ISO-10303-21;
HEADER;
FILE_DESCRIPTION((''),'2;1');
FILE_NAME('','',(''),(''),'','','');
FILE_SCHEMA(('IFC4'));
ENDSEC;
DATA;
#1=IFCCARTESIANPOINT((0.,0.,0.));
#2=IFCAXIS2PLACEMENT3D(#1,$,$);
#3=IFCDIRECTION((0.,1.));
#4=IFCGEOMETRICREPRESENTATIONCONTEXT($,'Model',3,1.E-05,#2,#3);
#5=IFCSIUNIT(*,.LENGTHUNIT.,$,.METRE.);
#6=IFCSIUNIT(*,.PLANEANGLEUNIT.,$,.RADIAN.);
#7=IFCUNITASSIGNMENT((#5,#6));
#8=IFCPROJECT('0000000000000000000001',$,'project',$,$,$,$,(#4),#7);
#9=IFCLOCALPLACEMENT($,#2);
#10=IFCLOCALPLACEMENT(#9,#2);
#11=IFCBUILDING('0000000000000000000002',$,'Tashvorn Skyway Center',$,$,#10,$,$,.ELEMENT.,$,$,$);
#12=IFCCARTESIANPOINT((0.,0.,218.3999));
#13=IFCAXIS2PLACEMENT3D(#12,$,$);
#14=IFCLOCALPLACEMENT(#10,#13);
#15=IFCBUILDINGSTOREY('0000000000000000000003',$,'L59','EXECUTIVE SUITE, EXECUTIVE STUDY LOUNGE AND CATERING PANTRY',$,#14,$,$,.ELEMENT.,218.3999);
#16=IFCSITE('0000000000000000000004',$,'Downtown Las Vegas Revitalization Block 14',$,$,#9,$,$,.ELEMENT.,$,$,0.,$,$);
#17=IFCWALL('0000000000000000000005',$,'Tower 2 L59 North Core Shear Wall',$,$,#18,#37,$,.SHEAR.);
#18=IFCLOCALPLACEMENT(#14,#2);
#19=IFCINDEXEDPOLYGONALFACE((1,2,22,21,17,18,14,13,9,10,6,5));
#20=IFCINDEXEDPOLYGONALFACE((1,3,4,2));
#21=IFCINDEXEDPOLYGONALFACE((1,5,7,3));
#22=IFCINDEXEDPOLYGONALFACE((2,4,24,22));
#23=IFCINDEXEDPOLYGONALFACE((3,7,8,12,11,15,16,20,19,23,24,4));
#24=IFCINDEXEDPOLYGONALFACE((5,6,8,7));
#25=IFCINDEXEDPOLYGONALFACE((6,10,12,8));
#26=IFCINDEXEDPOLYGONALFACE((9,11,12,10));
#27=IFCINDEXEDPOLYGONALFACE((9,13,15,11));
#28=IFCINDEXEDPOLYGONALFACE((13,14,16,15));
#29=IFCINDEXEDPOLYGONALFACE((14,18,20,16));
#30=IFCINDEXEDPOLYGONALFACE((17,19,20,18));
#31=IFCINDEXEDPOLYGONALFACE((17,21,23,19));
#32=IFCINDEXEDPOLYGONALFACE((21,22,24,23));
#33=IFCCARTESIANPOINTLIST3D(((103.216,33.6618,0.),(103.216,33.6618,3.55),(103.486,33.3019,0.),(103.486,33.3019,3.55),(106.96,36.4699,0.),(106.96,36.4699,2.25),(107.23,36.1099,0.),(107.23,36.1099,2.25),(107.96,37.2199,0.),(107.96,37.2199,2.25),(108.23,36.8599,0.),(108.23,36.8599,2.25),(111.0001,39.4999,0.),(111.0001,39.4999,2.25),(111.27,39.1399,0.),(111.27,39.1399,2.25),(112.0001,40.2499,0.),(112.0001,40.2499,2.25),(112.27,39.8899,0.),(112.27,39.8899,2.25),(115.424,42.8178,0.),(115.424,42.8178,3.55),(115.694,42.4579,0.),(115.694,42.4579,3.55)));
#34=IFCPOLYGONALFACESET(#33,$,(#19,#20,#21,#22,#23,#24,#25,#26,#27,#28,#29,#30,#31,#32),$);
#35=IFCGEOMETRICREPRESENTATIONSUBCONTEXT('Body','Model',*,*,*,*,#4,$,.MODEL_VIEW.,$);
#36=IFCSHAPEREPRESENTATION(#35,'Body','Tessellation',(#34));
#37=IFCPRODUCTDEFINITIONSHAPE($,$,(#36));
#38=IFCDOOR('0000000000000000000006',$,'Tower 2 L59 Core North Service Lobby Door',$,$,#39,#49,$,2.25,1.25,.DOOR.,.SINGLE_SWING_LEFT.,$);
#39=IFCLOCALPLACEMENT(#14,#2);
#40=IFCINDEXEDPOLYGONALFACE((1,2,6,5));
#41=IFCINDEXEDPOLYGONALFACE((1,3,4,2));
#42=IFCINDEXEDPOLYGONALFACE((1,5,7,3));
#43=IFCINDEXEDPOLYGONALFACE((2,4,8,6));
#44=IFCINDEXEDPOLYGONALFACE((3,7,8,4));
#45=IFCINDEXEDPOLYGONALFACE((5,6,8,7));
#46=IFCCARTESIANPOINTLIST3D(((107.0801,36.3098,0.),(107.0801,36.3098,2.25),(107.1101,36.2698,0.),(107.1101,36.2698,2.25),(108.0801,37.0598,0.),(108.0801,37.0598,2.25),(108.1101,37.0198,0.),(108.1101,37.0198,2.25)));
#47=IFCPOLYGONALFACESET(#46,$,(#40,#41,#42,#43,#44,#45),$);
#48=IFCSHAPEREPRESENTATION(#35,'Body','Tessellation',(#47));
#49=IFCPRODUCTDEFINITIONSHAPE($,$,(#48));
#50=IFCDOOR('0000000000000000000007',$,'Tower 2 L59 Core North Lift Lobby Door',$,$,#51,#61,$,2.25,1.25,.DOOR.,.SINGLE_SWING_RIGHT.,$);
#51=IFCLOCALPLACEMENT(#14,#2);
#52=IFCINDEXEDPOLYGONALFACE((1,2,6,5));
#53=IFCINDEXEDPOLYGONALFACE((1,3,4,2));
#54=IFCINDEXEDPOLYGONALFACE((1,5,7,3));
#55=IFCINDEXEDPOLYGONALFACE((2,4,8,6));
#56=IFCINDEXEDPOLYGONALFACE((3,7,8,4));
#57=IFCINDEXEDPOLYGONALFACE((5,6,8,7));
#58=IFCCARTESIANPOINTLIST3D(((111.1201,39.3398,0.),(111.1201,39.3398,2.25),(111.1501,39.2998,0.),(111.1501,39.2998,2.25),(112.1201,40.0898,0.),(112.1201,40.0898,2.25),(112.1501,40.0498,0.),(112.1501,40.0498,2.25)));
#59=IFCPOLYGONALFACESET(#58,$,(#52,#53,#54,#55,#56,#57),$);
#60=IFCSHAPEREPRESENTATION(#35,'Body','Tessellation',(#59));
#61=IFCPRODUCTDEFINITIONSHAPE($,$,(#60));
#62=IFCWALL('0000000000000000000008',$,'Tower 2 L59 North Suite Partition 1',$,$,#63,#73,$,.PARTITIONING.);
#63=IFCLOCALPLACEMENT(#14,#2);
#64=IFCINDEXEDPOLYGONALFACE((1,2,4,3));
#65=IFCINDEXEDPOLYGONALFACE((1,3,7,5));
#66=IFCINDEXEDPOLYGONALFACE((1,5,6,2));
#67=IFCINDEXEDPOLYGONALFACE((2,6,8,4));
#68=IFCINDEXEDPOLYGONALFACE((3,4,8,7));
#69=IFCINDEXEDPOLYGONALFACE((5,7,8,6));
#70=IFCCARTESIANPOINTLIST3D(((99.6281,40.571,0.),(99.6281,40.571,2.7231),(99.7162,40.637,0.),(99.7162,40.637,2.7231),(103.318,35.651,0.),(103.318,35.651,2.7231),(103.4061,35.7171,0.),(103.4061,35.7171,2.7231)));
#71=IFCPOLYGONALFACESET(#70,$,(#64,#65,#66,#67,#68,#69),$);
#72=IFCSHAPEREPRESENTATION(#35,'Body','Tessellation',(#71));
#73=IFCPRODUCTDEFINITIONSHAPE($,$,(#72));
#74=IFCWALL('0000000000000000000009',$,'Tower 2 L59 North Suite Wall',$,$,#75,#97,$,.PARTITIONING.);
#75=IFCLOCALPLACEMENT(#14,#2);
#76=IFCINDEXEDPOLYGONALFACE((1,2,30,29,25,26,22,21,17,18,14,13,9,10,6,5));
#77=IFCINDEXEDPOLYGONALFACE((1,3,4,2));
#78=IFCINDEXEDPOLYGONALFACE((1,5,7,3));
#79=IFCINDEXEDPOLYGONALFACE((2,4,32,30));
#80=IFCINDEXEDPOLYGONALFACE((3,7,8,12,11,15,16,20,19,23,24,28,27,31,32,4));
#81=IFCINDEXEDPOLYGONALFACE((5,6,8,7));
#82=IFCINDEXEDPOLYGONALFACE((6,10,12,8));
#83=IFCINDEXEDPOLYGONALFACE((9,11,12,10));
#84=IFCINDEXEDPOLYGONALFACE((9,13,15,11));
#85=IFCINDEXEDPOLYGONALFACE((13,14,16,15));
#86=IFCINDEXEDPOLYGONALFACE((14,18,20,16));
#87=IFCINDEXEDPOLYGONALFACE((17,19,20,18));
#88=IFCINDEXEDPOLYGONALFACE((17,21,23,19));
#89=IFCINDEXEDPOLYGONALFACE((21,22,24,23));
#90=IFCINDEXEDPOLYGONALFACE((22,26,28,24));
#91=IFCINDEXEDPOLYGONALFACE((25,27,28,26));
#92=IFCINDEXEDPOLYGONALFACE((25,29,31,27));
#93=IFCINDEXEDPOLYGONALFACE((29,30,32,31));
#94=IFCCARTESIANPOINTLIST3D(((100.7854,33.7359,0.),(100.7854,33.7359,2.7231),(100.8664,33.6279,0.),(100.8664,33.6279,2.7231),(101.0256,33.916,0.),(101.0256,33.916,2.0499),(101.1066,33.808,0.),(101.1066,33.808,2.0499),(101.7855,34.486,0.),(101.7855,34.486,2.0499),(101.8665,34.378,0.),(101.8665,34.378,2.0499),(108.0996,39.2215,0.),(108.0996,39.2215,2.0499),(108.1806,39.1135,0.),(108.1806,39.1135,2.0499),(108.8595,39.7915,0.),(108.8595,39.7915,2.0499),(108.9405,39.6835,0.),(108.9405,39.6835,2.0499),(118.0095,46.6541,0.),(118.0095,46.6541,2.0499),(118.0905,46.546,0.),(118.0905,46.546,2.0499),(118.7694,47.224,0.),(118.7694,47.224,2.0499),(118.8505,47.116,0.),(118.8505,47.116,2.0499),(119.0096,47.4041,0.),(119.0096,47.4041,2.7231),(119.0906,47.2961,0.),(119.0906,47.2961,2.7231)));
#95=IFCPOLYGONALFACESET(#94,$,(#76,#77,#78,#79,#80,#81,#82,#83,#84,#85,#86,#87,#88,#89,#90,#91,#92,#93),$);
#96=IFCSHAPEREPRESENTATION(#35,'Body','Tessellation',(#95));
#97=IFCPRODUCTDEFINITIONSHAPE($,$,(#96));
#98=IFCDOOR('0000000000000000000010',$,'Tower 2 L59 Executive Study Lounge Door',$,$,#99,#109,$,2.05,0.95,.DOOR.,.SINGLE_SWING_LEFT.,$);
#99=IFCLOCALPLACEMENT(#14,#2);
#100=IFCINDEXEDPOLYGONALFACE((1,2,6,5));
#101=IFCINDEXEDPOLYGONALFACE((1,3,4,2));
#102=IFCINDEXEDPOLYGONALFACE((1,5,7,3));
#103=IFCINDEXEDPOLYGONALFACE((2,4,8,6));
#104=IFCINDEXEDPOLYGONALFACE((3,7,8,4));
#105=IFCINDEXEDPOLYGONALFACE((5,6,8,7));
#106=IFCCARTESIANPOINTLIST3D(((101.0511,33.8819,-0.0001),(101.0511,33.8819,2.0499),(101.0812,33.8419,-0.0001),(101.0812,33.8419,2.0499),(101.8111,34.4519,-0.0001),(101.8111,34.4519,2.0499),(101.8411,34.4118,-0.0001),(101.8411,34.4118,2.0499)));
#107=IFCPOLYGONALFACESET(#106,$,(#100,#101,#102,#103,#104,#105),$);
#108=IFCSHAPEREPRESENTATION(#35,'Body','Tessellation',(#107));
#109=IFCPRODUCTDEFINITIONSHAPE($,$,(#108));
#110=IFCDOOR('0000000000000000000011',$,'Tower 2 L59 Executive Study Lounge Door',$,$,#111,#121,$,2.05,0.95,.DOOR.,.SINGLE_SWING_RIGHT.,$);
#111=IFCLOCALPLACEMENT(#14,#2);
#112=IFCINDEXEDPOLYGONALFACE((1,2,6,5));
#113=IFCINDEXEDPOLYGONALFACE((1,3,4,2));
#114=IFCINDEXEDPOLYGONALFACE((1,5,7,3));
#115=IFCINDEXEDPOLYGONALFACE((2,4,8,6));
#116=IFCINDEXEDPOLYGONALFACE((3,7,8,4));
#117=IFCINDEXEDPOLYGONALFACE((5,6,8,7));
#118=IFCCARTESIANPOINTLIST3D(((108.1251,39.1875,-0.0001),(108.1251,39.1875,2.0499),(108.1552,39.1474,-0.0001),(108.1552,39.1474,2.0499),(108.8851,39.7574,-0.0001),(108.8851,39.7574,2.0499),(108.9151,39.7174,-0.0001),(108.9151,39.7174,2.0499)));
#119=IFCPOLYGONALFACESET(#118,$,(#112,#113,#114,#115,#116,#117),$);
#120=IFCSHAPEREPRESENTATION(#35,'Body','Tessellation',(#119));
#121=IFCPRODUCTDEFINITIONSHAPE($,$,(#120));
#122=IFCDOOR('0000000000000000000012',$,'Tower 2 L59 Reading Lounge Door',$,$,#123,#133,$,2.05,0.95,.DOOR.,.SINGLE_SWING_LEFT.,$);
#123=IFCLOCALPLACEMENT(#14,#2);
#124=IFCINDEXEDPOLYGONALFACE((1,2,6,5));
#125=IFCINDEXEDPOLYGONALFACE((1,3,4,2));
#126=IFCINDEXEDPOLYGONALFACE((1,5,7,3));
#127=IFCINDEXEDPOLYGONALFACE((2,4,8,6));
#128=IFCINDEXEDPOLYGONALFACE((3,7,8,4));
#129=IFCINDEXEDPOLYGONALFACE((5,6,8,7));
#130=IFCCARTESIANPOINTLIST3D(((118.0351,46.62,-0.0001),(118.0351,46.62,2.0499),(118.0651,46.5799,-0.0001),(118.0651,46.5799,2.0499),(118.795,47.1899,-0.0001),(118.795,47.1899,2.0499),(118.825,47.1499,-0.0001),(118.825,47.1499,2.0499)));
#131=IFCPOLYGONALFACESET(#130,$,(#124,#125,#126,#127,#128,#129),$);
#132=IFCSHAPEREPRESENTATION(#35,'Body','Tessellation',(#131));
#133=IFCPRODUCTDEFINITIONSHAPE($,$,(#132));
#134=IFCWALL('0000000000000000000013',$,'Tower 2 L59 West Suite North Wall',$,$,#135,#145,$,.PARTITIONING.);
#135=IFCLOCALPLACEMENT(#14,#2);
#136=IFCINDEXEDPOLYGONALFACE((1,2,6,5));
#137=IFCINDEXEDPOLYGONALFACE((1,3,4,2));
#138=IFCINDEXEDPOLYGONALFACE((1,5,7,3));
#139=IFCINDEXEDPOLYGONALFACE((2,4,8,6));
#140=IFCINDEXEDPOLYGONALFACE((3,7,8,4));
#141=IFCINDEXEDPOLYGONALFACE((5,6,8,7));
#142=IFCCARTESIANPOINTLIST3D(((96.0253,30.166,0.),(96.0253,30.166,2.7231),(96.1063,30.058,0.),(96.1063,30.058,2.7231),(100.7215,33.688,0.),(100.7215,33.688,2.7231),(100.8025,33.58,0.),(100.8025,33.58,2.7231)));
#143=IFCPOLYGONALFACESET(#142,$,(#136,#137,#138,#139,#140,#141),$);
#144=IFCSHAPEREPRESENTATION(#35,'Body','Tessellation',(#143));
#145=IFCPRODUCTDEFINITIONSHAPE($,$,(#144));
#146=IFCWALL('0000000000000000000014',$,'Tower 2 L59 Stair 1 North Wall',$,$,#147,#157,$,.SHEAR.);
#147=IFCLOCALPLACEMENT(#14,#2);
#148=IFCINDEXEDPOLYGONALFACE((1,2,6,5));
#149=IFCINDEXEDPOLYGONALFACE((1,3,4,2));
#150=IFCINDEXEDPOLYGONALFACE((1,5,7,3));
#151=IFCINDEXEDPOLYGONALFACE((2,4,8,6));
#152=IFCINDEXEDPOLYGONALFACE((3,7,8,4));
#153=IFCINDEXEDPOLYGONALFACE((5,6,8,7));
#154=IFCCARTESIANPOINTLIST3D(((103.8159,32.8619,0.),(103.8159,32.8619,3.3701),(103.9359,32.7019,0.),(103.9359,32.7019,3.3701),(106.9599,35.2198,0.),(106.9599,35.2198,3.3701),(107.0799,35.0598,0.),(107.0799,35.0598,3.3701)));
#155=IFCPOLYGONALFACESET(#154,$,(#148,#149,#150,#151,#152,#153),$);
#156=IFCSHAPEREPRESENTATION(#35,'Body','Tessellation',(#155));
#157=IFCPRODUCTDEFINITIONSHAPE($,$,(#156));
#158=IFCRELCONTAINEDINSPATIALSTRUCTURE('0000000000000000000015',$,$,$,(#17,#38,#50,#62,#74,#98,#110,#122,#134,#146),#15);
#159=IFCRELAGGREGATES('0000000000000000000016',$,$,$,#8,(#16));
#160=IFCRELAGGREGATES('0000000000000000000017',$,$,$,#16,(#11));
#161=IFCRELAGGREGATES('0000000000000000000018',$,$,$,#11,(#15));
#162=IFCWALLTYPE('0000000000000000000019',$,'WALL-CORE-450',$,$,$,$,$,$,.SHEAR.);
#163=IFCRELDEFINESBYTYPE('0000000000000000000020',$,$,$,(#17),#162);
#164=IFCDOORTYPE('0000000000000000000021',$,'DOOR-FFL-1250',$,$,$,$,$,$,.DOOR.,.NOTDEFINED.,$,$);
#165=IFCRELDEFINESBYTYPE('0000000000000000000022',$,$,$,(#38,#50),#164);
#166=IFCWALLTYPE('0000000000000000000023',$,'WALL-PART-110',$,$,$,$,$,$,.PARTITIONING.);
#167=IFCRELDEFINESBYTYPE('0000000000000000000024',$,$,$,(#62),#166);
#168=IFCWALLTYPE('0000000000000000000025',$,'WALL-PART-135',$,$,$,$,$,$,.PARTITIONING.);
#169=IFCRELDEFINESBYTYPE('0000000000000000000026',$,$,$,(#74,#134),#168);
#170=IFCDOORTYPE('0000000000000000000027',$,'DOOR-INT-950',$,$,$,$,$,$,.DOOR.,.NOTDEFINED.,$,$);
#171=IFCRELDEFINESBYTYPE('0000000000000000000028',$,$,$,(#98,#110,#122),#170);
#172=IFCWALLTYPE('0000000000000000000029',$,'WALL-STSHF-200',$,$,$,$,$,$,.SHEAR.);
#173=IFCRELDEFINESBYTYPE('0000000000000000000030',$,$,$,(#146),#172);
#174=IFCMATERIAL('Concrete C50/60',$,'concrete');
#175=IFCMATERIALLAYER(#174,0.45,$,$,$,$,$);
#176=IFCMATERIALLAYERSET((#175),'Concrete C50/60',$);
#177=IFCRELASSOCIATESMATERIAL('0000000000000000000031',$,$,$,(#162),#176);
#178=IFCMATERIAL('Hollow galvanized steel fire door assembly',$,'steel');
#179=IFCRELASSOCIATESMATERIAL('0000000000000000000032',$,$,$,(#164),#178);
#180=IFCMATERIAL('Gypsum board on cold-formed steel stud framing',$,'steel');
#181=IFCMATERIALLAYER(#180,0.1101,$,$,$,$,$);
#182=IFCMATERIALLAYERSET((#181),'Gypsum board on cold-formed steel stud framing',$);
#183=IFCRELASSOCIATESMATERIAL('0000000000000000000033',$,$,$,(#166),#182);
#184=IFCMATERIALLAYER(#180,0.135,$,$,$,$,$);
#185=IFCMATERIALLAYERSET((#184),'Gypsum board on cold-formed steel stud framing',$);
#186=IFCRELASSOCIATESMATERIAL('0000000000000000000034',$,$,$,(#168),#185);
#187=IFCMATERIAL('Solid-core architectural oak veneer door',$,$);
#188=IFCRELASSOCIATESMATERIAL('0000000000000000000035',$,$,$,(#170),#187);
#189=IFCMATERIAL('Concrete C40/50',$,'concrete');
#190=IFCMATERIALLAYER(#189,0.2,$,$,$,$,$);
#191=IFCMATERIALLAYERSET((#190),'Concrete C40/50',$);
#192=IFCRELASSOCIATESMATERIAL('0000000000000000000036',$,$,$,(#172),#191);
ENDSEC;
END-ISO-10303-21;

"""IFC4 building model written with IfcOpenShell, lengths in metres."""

from ifc_helpers import new_model, si_unit, direction, frame, frame_2d, origin, place, context, subcontext, project, spatial, rectangle, extrude, material, layer, layer_set, type_object, element, fill, save


model = new_model("IFC4")

# Units and contexts
model_context = context("Model", 3, precision=1e-05, world=origin(), true_north=direction((0.0, 1.0)))
body_context = subcontext(model_context, "Body", "Model", "MODEL_VIEW")
ifc_project = project(units=[si_unit("LENGTHUNIT", "METRE"), si_unit("PLANEANGLEUNIT", "RADIAN")], contexts=[model_context])

# Site, building, storey
site_placement = place(None, origin())
site = spatial("IfcSite", under=ifc_project, at=site_placement, Name="Downtown Las Vegas Revitalization Block 14", CompositionType="ELEMENT", RefElevation=0.0)
building_placement = place(site_placement, origin())
building = spatial("IfcBuilding", under=site, at=building_placement, Name="Tashvorn Skyway Center", CompositionType="ELEMENT")
storey_placement = place(building_placement, frame((0.0, 0.0, 218.3999)))
storey = spatial("IfcBuildingStorey", under=building, at=storey_placement, Name="L59", Description="EXECUTIVE SUITE, EXECUTIVE STUDY LOUNGE AND CATERING PANTRY", CompositionType="ELEMENT", Elevation=218.3999)

# Wall, openings, doors
ifc_material_1 = material(Name="Concrete C50/60", Category="concrete")
ifc_layer_1 = layer(ifc_material_1, 0.45)
ifc_layer_set_1 = layer_set([ifc_layer_1], Name="Concrete C50/60")
wall_type_1 = type_object("IfcWallType", Name="WALL-CORE-450", PredefinedType="SHEAR", material=ifc_layer_set_1)
wall_1_placement = place(storey_placement, frame((103.3511, 33.4819, 0.0), z_axis=(0.0, 0.0, 1.0), x_axis=(0.8, 0.6, 0.0)))
wall_1 = element("IfcWall", 1, at=wall_1_placement, inside=storey, type_object=wall_type_1, Name="Tower 2 L59 North Core Shear Wall", PredefinedType="SHEAR", context=body_context, shape_type="SweptSolid", body=[
    extrude(rectangle(XDim=15.26, YDim=0.45, at=frame_2d((7.6299, 0.0))), origin(), (0.0, 0.0, 1.0), 3.55),
])
opening_1_placement = place(wall_1_placement, frame((4.6799, 0.0, 0.0)))
opening_1 = element("IfcOpeningElement", 2, at=opening_1_placement, cuts=wall_1, PredefinedType="OPENING", context=body_context, shape_type="SweptSolid", body=[
    extrude(rectangle(XDim=1.25, YDim=2.25, at=frame_2d((0.625, 1.125))), frame((0.0, 0.2349, 0.0), z_axis=(0.0, -1.0, 0.0), x_axis=(1.0, 0.0, 0.0)), (0.0, 0.0, 1.0), 0.47),
])
opening_2_placement = place(wall_1_placement, frame((9.73, 0.0, 0.0)))
opening_2 = element("IfcOpeningElement", 3, at=opening_2_placement, cuts=wall_1, PredefinedType="OPENING", context=body_context, shape_type="SweptSolid", body=[
    extrude(rectangle(XDim=1.25, YDim=2.25, at=frame_2d((0.625, 1.125))), frame((0.0, 0.2349, 0.0), z_axis=(0.0, -1.0, 0.0), x_axis=(1.0, 0.0, 0.0)), (0.0, 0.0, 1.0), 0.47),
])
ifc_material_2 = material(Name="Hollow galvanized steel fire door assembly", Category="steel")
door_type_1 = type_object("IfcDoorType", Name="DOOR-FFL-1250", OperationType="NOTDEFINED", PredefinedType="DOOR", material=ifc_material_2)
door_1_placement = place(opening_1_placement, origin())
door_1 = element("IfcDoor", 4, at=door_1_placement, inside=storey, type_object=door_type_1, Name="Tower 2 L59 Core North Service Lobby Door", OperationType="SINGLE_SWING_LEFT", OverallHeight=2.25, OverallWidth=1.25, PredefinedType="DOOR", context=body_context, shape_type="SweptSolid", body=[
    extrude(rectangle(XDim=1.25, YDim=2.25, at=frame_2d((0.625, 1.125))), frame((0.0, 0.0249, 0.0), z_axis=(0.0, -1.0, 0.0), x_axis=(1.0, 0.0, 0.0)), (0.0, 0.0, 1.0), 0.05),
])
fill(opening_1, door_1)
door_2_placement = place(opening_2_placement, origin())
door_2 = element("IfcDoor", 5, at=door_2_placement, inside=storey, type_object=door_type_1, Name="Tower 2 L59 Core North Lift Lobby Door", OperationType="SINGLE_SWING_RIGHT", OverallHeight=2.25, OverallWidth=1.25, PredefinedType="DOOR", context=body_context, shape_type="SweptSolid", body=[
    extrude(rectangle(XDim=1.25, YDim=2.25, at=frame_2d((0.625, 1.125))), frame((0.0, 0.0249, 0.0), z_axis=(0.0, -1.0, 0.0), x_axis=(1.0, 0.0, 0.0)), (0.0, 0.0, 1.0), 0.05),
])
fill(opening_2, door_2)

# Wall
ifc_material_3 = material(Name="Gypsum board on cold-formed steel stud framing", Category="steel")
ifc_layer_2 = layer(ifc_material_3, 0.1101)
ifc_layer_set_2 = layer_set([ifc_layer_2], Name="Gypsum board on cold-formed steel stud framing")
wall_type_2 = type_object("IfcWallType", Name="WALL-PART-110", PredefinedType="PARTITIONING", material=ifc_layer_set_2)
wall_2_placement = place(storey_placement, frame((103.3621, 35.6841, 0.0), z_axis=(0.0, 0.0, 1.0), x_axis=(-0.6, 0.8, 0.0)))
element("IfcWall", 6, at=wall_2_placement, inside=storey, type_object=wall_type_2, Name="Tower 2 L59 North Suite Partition 1", PredefinedType="PARTITIONING", context=body_context, shape_type="SweptSolid", body=[
    extrude(rectangle(XDim=6.1499, YDim=0.1101, at=frame_2d((3.075, 0.0))), origin(), (0.0, 0.0, 1.0), 2.7231),
])

# Wall, openings, doors
ifc_layer_3 = layer(ifc_material_3, 0.135)
ifc_layer_set_3 = layer_set([ifc_layer_3], Name="Gypsum board on cold-formed steel stud framing")
wall_type_3 = type_object("IfcWallType", Name="WALL-PART-135", PredefinedType="PARTITIONING", material=ifc_layer_set_3)
wall_3_placement = place(storey_placement, frame((100.8259, 33.6819, 0.0), z_axis=(0.0, 0.0, 1.0), x_axis=(0.799997, 0.600003, 0.0)))
wall_3 = element("IfcWall", 7, at=wall_3_placement, inside=storey, type_object=wall_type_3, Name="Tower 2 L59 North Suite Wall", PredefinedType="PARTITIONING", context=body_context, shape_type="SweptSolid", body=[
    extrude(rectangle(XDim=22.7803, YDim=0.135, at=frame_2d((11.3901, 0.0))), origin(), (0.0, 0.0, 1.0), 2.7231),
])
opening_3_placement = place(wall_3_placement, frame((0.3, 0.0, 0.0)))
opening_3 = element("IfcOpeningElement", 8, at=opening_3_placement, cuts=wall_3, PredefinedType="OPENING", context=body_context, shape_type="SweptSolid", body=[
    extrude(rectangle(XDim=0.95, YDim=2.05, at=frame_2d((0.4751, 1.0249))), frame((0.0, 0.0774, 0.0), z_axis=(0.0, -1.0, 0.0), x_axis=(1.0, 0.0, 0.0)), (0.0, 0.0, 1.0), 0.155),
])
opening_4_placement = place(wall_3_placement, frame((9.1426, 0.0, 0.0)))
opening_4 = element("IfcOpeningElement", 9, at=opening_4_placement, cuts=wall_3, PredefinedType="OPENING", context=body_context, shape_type="SweptSolid", body=[
    extrude(rectangle(XDim=0.95, YDim=2.05, at=frame_2d((0.4751, 1.0249))), frame((0.0, 0.0774, 0.0), z_axis=(0.0, -1.0, 0.0), x_axis=(1.0, 0.0, 0.0)), (0.0, 0.0, 1.0), 0.155),
])
opening_5_placement = place(wall_3_placement, frame((21.53, 0.0, 0.0)))
opening_5 = element("IfcOpeningElement", 10, at=opening_5_placement, cuts=wall_3, PredefinedType="OPENING", context=body_context, shape_type="SweptSolid", body=[
    extrude(rectangle(XDim=0.95, YDim=2.05, at=frame_2d((0.4751, 1.0249))), frame((0.0, 0.0774, 0.0), z_axis=(0.0, -1.0, 0.0), x_axis=(1.0, 0.0, 0.0)), (0.0, 0.0, 1.0), 0.155),
])
ifc_material_4 = material(Name="Solid-core architectural oak veneer door")
door_type_2 = type_object("IfcDoorType", Name="DOOR-INT-950", OperationType="NOTDEFINED", PredefinedType="DOOR", material=ifc_material_4)
door_3_placement = place(opening_3_placement, origin())
door_3 = element("IfcDoor", 11, at=door_3_placement, inside=storey, type_object=door_type_2, Name="Tower 2 L59 Executive Study Lounge Door", OperationType="SINGLE_SWING_LEFT", OverallHeight=2.05, OverallWidth=0.95, PredefinedType="DOOR", context=body_context, shape_type="SweptSolid", body=[
    extrude(rectangle(XDim=0.95, YDim=2.05, at=frame_2d((0.4751, 1.0249))), frame((0.0, 0.0249, 0.0), z_axis=(0.0, -1.0, 0.0), x_axis=(1.0, 0.0, 0.0)), (0.0, 0.0, 1.0), 0.05),
])
fill(opening_3, door_3)
door_4_placement = place(opening_4_placement, origin())
door_4 = element("IfcDoor", 12, at=door_4_placement, inside=storey, type_object=door_type_2, Name="Tower 2 L59 Executive Study Lounge Door", OperationType="SINGLE_SWING_RIGHT", OverallHeight=2.05, OverallWidth=0.95, PredefinedType="DOOR", context=body_context, shape_type="SweptSolid", body=[
    extrude(rectangle(XDim=0.95, YDim=2.05, at=frame_2d((0.4751, 1.0249))), frame((0.0, 0.0249, 0.0), z_axis=(0.0, -1.0, 0.0), x_axis=(1.0, 0.0, 0.0)), (0.0, 0.0, 1.0), 0.05),
])
fill(opening_4, door_4)
door_5_placement = place(opening_5_placement, origin())
door_5 = element("IfcDoor", 13, at=door_5_placement, inside=storey, type_object=door_type_2, Name="Tower 2 L59 Reading Lounge Door", OperationType="SINGLE_SWING_LEFT", OverallHeight=2.05, OverallWidth=0.95, PredefinedType="DOOR", context=body_context, shape_type="SweptSolid", body=[
    extrude(rectangle(XDim=0.95, YDim=2.05, at=frame_2d((0.4751, 1.0249))), frame((0.0, 0.0249, 0.0), z_axis=(0.0, -1.0, 0.0), x_axis=(1.0, 0.0, 0.0)), (0.0, 0.0, 1.0), 0.05),
])
fill(opening_5, door_5)

# Walls
wall_4_placement = place(storey_placement, frame((100.762, 33.634, 0.0), z_axis=(0.0, 0.0, 1.0), x_axis=(-0.800005, -0.599993, 0.0)))
element("IfcWall", 14, at=wall_4_placement, inside=storey, type_object=wall_type_3, Name="Tower 2 L59 West Suite North Wall", PredefinedType="PARTITIONING", context=body_context, shape_type="SweptSolid", body=[
    extrude(rectangle(XDim=5.8701, YDim=0.135, at=frame_2d((2.9351, 0.0))), origin(), (0.0, 0.0, 1.0), 2.7231),
])
ifc_material_5 = material(Name="Concrete C40/50", Category="concrete")
ifc_layer_4 = layer(ifc_material_5, 0.2)
ifc_layer_set_4 = layer_set([ifc_layer_4], Name="Concrete C40/50")
wall_type_4 = type_object("IfcWallType", Name="WALL-STSHF-200", PredefinedType="SHEAR", material=ifc_layer_set_4)
wall_5_placement = place(storey_placement, frame((103.876, 32.782, 0.0), z_axis=(0.0, 0.0, 1.0), x_axis=(0.800015, 0.59998, 0.0)))
element("IfcWall", 15, at=wall_5_placement, inside=storey, type_object=wall_type_4, Name="Tower 2 L59 Stair 1 North Wall", PredefinedType="SHEAR", context=body_context, shape_type="SweptSolid", body=[
    extrude(rectangle(XDim=3.9299, YDim=0.2, at=frame_2d((1.9648, 0.0))), origin(), (0.0, 0.0, 1.0), 3.3701),
])

save(model, "model.ifc")
